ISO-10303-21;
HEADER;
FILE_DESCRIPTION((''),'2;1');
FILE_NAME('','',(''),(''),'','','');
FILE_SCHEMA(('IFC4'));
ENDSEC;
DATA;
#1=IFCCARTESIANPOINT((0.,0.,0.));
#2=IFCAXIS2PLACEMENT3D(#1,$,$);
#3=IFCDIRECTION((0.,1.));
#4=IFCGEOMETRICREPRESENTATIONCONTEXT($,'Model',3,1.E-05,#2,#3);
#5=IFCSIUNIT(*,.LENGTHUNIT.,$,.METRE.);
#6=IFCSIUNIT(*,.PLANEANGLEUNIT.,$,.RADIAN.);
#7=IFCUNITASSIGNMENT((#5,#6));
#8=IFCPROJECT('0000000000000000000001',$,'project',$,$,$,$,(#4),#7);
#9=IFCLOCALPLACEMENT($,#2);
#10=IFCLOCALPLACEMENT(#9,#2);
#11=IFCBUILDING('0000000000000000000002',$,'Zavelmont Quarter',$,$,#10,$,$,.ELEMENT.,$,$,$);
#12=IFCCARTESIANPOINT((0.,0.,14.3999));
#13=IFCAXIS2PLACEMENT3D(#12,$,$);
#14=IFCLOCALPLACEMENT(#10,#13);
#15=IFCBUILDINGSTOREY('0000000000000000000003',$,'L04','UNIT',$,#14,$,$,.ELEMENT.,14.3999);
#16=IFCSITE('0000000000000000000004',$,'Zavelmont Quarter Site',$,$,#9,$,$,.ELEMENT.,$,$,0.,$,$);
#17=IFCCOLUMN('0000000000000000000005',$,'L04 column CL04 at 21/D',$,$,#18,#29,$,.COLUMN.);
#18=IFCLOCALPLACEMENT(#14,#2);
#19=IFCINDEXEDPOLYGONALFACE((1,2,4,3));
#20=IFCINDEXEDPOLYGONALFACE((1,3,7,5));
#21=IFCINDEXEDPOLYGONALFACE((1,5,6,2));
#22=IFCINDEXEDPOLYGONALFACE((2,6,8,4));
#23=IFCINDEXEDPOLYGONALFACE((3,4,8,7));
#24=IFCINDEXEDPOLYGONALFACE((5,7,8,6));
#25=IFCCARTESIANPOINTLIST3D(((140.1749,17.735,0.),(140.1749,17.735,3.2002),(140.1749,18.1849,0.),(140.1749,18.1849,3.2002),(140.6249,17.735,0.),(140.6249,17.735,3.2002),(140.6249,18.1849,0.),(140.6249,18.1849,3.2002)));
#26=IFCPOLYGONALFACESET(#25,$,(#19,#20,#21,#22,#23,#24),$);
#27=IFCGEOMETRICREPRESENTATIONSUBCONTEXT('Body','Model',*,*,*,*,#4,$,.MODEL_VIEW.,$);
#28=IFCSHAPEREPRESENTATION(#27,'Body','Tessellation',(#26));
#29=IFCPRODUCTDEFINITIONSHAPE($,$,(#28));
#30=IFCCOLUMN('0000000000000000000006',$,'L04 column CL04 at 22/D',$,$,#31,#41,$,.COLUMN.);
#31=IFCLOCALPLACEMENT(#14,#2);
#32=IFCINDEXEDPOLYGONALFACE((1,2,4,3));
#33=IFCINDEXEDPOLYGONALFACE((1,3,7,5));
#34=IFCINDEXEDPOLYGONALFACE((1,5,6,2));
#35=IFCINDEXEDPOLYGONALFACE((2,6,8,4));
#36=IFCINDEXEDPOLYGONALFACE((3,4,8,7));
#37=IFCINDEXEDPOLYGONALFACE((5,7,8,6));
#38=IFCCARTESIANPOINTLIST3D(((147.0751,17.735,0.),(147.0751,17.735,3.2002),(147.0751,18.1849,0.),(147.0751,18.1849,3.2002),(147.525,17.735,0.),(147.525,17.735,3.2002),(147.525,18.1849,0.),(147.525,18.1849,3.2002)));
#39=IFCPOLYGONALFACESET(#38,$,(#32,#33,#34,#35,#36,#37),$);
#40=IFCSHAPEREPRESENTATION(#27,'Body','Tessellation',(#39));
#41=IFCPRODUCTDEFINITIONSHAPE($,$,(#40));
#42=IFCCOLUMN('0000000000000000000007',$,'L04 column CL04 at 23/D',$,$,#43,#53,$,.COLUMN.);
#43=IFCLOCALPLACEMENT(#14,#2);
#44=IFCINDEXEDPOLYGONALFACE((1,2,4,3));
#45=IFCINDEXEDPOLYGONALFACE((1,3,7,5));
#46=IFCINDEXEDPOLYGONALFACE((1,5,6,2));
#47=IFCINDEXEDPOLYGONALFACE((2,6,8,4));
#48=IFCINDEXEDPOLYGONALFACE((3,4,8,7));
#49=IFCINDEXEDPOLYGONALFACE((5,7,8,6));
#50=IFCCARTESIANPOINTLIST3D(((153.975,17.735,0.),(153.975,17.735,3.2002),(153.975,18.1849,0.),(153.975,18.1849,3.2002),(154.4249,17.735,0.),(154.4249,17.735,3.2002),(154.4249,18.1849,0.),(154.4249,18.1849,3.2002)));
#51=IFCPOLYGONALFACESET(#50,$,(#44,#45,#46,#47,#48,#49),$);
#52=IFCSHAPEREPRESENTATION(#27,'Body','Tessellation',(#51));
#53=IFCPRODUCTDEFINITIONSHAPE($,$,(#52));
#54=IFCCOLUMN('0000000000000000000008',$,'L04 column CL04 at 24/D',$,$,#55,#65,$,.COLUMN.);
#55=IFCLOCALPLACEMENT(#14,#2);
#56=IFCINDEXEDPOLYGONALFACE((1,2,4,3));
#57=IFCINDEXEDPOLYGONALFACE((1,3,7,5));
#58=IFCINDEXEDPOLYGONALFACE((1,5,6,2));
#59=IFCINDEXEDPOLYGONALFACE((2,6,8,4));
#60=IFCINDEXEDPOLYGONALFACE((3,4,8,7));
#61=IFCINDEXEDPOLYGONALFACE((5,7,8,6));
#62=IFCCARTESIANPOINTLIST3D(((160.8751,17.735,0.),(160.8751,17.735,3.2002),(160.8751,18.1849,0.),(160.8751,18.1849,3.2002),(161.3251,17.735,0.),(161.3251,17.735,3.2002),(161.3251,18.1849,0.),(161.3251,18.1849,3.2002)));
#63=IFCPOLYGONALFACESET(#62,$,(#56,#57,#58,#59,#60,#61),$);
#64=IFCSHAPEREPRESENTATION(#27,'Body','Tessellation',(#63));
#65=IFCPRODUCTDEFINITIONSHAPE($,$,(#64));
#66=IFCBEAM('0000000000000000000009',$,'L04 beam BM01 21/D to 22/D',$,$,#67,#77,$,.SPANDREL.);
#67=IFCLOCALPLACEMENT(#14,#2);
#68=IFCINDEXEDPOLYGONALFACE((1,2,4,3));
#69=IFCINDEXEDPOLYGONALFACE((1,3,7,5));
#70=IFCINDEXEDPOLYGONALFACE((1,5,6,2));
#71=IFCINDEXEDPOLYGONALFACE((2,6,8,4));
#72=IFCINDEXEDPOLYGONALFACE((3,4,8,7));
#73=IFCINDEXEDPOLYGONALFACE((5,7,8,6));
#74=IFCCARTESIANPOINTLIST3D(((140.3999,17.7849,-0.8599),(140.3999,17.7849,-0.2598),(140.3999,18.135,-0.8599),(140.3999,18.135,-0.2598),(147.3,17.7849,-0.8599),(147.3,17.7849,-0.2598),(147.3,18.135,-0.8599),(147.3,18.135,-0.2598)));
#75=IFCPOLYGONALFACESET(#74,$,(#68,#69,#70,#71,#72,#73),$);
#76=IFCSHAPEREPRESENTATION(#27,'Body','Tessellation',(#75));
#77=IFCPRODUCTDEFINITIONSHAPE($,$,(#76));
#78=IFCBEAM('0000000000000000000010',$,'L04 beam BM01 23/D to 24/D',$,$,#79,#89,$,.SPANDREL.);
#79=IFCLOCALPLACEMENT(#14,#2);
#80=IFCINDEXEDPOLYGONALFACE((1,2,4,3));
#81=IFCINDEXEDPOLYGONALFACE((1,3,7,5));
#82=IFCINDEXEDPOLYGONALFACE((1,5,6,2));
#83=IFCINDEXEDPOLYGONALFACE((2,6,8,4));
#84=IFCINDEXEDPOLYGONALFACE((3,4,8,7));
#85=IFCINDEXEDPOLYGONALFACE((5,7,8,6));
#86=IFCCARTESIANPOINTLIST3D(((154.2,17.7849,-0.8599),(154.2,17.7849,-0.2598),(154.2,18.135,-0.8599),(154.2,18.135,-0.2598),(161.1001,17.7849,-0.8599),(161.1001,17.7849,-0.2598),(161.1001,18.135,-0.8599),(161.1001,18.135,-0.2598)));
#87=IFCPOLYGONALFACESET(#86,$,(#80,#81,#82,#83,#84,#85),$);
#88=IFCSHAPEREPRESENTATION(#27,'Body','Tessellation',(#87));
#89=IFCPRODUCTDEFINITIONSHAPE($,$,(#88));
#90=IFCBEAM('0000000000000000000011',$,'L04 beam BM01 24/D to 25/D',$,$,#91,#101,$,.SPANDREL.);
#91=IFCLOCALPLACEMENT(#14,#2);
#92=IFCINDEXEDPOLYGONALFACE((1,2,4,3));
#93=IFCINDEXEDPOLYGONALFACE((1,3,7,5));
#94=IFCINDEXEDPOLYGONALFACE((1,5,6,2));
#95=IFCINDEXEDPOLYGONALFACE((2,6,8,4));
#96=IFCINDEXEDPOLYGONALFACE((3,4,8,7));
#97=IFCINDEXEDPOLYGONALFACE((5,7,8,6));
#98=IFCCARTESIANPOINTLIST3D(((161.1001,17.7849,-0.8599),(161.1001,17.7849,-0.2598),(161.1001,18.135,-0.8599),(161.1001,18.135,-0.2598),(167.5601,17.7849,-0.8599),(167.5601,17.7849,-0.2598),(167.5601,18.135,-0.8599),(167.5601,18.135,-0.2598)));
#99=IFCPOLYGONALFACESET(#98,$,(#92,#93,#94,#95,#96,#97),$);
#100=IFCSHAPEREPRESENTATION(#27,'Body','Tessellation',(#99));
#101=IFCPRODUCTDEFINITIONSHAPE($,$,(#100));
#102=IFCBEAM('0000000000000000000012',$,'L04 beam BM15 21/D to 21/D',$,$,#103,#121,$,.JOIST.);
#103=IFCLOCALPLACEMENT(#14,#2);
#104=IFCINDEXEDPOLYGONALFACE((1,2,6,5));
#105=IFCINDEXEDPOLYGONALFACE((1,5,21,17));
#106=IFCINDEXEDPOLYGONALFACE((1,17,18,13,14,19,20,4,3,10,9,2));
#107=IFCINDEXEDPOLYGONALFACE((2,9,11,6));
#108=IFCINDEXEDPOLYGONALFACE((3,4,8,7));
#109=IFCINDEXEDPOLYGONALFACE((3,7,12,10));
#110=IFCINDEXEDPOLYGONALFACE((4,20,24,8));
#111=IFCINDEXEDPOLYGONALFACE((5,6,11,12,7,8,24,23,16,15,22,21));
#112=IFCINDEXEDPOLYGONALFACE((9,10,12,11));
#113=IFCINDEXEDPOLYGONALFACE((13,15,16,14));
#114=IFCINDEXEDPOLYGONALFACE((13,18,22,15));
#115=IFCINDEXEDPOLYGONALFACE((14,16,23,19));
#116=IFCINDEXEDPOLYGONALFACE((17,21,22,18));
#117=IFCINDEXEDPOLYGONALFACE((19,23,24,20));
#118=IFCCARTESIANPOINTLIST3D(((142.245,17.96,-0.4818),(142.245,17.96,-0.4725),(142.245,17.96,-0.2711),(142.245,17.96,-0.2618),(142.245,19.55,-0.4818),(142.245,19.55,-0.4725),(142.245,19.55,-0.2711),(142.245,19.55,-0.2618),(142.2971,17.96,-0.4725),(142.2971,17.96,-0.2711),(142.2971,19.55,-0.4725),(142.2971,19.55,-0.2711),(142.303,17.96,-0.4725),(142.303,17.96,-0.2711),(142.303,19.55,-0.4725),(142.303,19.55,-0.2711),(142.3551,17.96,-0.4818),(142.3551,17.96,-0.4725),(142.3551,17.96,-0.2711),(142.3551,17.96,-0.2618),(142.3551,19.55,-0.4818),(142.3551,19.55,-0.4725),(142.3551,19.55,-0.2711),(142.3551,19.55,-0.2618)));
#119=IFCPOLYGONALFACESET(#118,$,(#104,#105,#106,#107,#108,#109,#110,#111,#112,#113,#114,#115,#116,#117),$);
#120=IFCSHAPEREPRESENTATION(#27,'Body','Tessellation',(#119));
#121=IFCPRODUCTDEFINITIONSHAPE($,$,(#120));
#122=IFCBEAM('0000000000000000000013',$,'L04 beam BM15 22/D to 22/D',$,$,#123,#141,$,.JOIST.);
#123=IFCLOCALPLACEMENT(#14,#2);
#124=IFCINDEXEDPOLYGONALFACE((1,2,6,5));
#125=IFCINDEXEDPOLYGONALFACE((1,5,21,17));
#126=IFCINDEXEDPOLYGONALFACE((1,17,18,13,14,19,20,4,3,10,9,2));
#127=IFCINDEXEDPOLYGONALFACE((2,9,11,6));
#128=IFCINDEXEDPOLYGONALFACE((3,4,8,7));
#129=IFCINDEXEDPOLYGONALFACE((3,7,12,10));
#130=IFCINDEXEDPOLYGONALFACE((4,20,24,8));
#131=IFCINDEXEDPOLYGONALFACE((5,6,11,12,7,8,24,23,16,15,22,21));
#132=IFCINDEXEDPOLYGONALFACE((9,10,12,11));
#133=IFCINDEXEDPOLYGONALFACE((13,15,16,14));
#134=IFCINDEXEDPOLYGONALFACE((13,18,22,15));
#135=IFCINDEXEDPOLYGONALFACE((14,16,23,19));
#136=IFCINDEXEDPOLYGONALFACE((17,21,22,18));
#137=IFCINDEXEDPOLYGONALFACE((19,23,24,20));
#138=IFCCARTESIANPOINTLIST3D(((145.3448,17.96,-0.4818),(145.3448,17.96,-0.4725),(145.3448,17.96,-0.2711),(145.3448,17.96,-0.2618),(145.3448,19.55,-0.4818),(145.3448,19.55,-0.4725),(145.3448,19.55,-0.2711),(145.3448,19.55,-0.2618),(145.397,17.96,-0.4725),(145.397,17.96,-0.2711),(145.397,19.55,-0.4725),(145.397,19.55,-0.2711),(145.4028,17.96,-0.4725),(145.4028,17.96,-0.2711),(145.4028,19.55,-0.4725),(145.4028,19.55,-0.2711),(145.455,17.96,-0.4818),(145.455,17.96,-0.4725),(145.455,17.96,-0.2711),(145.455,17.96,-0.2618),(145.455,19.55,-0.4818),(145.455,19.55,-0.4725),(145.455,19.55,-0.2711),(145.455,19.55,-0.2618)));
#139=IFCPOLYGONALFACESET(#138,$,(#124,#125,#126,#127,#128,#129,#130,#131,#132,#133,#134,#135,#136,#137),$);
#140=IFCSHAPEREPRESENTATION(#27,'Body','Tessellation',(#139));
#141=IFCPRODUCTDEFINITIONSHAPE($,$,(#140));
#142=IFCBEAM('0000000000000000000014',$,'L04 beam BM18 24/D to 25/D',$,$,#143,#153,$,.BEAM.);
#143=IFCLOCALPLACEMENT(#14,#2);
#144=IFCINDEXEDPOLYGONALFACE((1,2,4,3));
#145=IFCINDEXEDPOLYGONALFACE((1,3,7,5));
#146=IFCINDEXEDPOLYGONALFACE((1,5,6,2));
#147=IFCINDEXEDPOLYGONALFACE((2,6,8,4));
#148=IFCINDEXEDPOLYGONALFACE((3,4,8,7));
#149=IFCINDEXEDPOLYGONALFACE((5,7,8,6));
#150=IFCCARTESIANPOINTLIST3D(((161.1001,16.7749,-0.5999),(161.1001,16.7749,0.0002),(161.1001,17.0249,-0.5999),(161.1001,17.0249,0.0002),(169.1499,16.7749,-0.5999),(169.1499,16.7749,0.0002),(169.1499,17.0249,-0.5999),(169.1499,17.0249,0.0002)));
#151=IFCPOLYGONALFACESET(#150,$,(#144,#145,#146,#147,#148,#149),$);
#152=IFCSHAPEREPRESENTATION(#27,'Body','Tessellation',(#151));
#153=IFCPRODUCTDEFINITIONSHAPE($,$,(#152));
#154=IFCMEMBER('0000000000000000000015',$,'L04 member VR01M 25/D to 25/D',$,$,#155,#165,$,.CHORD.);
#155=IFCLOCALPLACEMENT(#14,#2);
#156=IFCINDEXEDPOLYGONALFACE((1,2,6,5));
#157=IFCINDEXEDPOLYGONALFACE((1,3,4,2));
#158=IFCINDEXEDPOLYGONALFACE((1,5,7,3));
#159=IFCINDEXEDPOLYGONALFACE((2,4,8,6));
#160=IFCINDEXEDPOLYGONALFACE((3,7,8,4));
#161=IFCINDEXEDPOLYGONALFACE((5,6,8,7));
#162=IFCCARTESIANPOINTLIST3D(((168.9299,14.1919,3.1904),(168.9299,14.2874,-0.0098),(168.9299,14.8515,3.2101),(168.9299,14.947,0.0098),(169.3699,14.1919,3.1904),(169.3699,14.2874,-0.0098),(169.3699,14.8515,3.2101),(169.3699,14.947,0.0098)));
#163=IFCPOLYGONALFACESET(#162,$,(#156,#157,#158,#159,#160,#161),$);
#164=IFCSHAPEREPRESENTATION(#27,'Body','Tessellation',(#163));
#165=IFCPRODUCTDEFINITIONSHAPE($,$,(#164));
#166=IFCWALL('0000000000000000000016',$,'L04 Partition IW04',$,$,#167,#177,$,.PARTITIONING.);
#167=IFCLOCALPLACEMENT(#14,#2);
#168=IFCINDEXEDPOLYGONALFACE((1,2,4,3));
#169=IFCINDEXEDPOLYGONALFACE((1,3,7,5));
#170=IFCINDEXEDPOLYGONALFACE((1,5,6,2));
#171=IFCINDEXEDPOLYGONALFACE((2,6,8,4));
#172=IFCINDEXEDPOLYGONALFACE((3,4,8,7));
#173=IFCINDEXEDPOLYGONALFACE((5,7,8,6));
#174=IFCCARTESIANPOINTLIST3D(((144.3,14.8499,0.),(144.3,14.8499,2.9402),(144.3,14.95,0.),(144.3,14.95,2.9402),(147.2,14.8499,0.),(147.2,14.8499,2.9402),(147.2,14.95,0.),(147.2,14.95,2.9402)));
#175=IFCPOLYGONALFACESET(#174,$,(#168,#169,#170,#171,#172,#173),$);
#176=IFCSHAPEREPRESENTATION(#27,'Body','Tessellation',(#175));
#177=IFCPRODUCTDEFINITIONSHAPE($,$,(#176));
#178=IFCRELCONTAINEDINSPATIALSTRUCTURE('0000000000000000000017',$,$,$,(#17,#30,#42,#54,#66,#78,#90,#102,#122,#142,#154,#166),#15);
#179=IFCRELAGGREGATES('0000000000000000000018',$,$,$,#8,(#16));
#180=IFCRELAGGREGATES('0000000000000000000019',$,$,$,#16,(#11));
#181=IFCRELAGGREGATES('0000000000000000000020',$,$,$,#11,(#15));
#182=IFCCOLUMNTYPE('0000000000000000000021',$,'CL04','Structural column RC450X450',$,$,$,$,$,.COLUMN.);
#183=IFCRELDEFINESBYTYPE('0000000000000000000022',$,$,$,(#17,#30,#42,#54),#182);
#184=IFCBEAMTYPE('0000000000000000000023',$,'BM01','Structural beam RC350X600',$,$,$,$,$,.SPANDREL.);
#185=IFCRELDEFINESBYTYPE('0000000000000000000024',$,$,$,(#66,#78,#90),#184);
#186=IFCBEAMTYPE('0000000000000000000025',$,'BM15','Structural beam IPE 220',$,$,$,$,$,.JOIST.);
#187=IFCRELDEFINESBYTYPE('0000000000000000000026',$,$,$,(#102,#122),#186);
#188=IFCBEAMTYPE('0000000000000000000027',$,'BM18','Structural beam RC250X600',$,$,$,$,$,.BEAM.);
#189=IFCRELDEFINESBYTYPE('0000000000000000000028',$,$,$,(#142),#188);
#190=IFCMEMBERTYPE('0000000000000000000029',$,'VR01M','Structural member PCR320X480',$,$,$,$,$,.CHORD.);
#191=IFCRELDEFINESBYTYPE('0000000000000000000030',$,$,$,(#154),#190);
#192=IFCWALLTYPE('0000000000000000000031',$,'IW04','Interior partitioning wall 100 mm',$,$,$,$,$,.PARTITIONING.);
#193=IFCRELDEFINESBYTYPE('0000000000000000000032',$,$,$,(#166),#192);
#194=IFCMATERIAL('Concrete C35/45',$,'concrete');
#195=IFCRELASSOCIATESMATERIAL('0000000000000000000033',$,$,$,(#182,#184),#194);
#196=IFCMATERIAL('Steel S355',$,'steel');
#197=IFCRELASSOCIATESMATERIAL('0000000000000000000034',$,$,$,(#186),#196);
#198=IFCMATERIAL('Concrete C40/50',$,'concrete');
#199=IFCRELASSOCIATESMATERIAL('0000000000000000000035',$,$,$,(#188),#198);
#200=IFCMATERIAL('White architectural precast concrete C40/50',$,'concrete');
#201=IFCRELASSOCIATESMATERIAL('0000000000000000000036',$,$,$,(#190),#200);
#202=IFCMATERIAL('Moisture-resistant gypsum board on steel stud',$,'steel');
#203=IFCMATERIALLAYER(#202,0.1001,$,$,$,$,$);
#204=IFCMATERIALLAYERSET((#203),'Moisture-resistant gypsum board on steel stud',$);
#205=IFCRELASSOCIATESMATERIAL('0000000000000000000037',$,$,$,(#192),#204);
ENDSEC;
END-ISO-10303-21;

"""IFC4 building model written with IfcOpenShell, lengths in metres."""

from ifc_helpers import new_model, si_unit, direction, frame, frame_2d, origin, origin_2d, place, context, subcontext, project, spatial, rectangle, i_section, extrude, material, layer, layer_set, material_profile, profile_set, type_object, element, save


model = new_model("IFC4")

# Units and contexts
model_context = context("Model", 3, precision=1e-05, world=origin(), true_north=direction((0.0, 1.0)))
body_context = subcontext(model_context, "Body", "Model", "MODEL_VIEW")
ifc_project = project(units=[si_unit("LENGTHUNIT", "METRE"), si_unit("PLANEANGLEUNIT", "RADIAN")], contexts=[model_context])

# Site, building, storey
site_placement = place(None, origin())
site = spatial("IfcSite", under=ifc_project, at=site_placement, Name="Zavelmont Quarter Site", CompositionType="ELEMENT", RefElevation=0.0)
building_placement = place(site_placement, origin())
building = spatial("IfcBuilding", under=site, at=building_placement, Name="Zavelmont Quarter", CompositionType="ELEMENT")
storey_placement = place(building_placement, frame((0.0, 0.0, 14.3999)))
storey = spatial("IfcBuildingStorey", under=building, at=storey_placement, Name="L04", Description="UNIT", CompositionType="ELEMENT", Elevation=14.3999)

# Columns
ifc_material_1 = material(Name="Concrete C35/45", Category="concrete")
ifc_material_profile_1 = material_profile(ifc_material_1, rectangle(XDim=0.45, YDim=0.45, at=origin_2d()), Name="RC450X450")
ifc_profile_set_1 = profile_set([ifc_material_profile_1], Name="Concrete C35/45")
column_type = type_object("IfcColumnType", Name="CL04", Description="Structural column RC450X450", PredefinedType="COLUMN", material=ifc_profile_set_1)
for number, where, z_axis, x_axis, name in (
    (1, (140.3999, 17.96, 0.0), (0.0, 0.0, 1.0), (1.0, 0.0, 0.0), "L04 column CL04 at 21/D"),
    (2, (147.3, 17.96, 0.0), (0.0, 0.0, 1.0), (1.0, 0.0, 0.0), "L04 column CL04 at 22/D"),
    (3, (154.2, 17.96, 0.0), (0.0, 0.0, 1.0), (1.0, 0.0, 0.0), "L04 column CL04 at 23/D"),
    (4, (161.1001, 17.96, 0.0), (0.0, 0.0, 1.0), (1.0, 0.0, 0.0), "L04 column CL04 at 24/D"),
):
    element("IfcColumn", number, at=place(storey_placement, frame(where, z_axis=z_axis, x_axis=x_axis)), inside=storey, type_object=column_type, Name=name, PredefinedType="COLUMN", context=body_context, shape_type="SweptSolid", body=[
        extrude(rectangle(XDim=0.45, YDim=0.45, at=origin_2d()), origin(), (0.0, 0.0, 1.0), 3.2002),
    ])

# Beams
ifc_material_profile_2 = material_profile(ifc_material_1, rectangle(XDim=0.3501, YDim=0.6001, at=origin_2d()), Name="RC350X600")
ifc_profile_set_2 = profile_set([ifc_material_profile_2], Name="Concrete C35/45")
beam_type_1 = type_object("IfcBeamType", Name="BM01", Description="Structural beam RC350X600", PredefinedType="SPANDREL", material=ifc_profile_set_2)
for number, where, z_axis, x_axis, name in (
    (5, (140.3999, 17.96, -0.5598), (1.0, 0.0, 0.0), (0.0, 1.0, 0.0), "L04 beam BM01 21/D to 22/D"),
    (6, (154.2, 17.96, -0.5598), (1.0, 0.0, 0.0), (0.0, 1.0, 0.0), "L04 beam BM01 23/D to 24/D"),
):
    element("IfcBeam", number, at=place(storey_placement, frame(where, z_axis=z_axis, x_axis=x_axis)), inside=storey, type_object=beam_type_1, Name=name, PredefinedType="SPANDREL", context=body_context, shape_type="SweptSolid", body=[
        extrude(rectangle(XDim=0.3501, YDim=0.6001, at=origin_2d()), origin(), (0.0, 0.0, 1.0), 6.9001),
    ])
beam_1_placement = place(storey_placement, frame((161.1001, 17.96, -0.5598), z_axis=(1.0, 0.0, 0.0), x_axis=(0.0, 1.0, 0.0)))
element("IfcBeam", 7, at=beam_1_placement, inside=storey, type_object=beam_type_1, Name="L04 beam BM01 24/D to 25/D", PredefinedType="SPANDREL", context=body_context, shape_type="SweptSolid", body=[
    extrude(rectangle(XDim=0.3501, YDim=0.6001, at=origin_2d()), origin(), (0.0, 0.0, 1.0), 6.46),
])
ifc_material_2 = material(Name="Steel S355", Category="steel")
ifc_material_profile_3 = material_profile(ifc_material_2, i_section(OverallWidth=0.1101, OverallDepth=0.22, WebThickness=0.0059, FlangeThickness=0.0093, at=origin_2d()), Name="IPE 220")
ifc_profile_set_3 = profile_set([ifc_material_profile_3], Name="Steel S355")
beam_type_2 = type_object("IfcBeamType", Name="BM15", Description="Structural beam IPE 220", PredefinedType="JOIST", material=ifc_profile_set_3)
for number, where, z_axis, x_axis, name in (
    (8, (142.3, 17.96, -0.3718), (0.0, 1.0, 0.0), (-1.0, 0.0, 0.0), "L04 beam BM15 21/D to 21/D"),
    (9, (145.3999, 17.96, -0.3718), (0.0, 1.0, 0.0), (-1.0, 0.0, 0.0), "L04 beam BM15 22/D to 22/D"),
):
    element("IfcBeam", number, at=place(storey_placement, frame(where, z_axis=z_axis, x_axis=x_axis)), inside=storey, type_object=beam_type_2, Name=name, PredefinedType="JOIST", context=body_context, shape_type="SweptSolid", body=[
        extrude(i_section(OverallWidth=0.1101, OverallDepth=0.22, WebThickness=0.0059, FlangeThickness=0.0093, at=origin_2d()), origin(), (0.0, 0.0, 1.0), 1.5901),
    ])
ifc_material_3 = material(Name="Concrete C40/50", Category="concrete")
ifc_material_profile_4 = material_profile(ifc_material_3, rectangle(XDim=0.25, YDim=0.6001, at=origin_2d()), Name="RC250X600")
ifc_profile_set_4 = profile_set([ifc_material_profile_4], Name="Concrete C40/50")
beam_type_3 = type_object("IfcBeamType", Name="BM18", Description="Structural beam RC250X600", PredefinedType="BEAM", material=ifc_profile_set_4)
beam_2_placement = place(storey_placement, frame((161.1001, 16.8999, -0.2998), z_axis=(1.0, 0.0, 0.0), x_axis=(0.0, 1.0, 0.0)))
element("IfcBeam", 10, at=beam_2_placement, inside=storey, type_object=beam_type_3, Name="L04 beam BM18 24/D to 25/D", PredefinedType="BEAM", context=body_context, shape_type="SweptSolid", body=[
    extrude(rectangle(XDim=0.25, YDim=0.6001, at=origin_2d()), origin(), (0.0, 0.0, 1.0), 8.0498),
])

# Member
ifc_material_4 = material(Name="White architectural precast concrete C40/50", Category="concrete")
ifc_material_profile_5 = material_profile(ifc_material_4, rectangle(XDim=0.4399, YDim=0.6599, at=origin_2d()), Name="PCR320X480")
ifc_profile_set_5 = profile_set([ifc_material_profile_5], Name="White architectural precast concrete C40/50")
member_type = type_object("IfcMemberType", Name="VR01M", Description="Structural member PCR320X480", PredefinedType="CHORD", material=ifc_profile_set_5)
member_placement = place(storey_placement, frame((169.1499, 14.6172, 0.0), z_axis=(0.0, -0.029816, 0.999555), x_axis=(1.0, 0.0, 0.0)))
element("IfcMember", 11, at=member_placement, inside=storey, type_object=member_type, Name="L04 member VR01M 25/D to 25/D", PredefinedType="CHORD", context=body_context, shape_type="SweptSolid", body=[
    extrude(rectangle(XDim=0.4399, YDim=0.6599, at=origin_2d()), origin(), (0.0, 0.0, 1.0), 3.2017),
])

# Wall
ifc_material_5 = material(Name="Moisture-resistant gypsum board on steel stud", Category="steel")
ifc_layer_1 = layer(ifc_material_5, 0.1001)
ifc_layer_set_1 = layer_set([ifc_layer_1], Name="Moisture-resistant gypsum board on steel stud")
wall_type_1 = type_object("IfcWallType", Name="IW04", Description="Interior partitioning wall 100 mm", PredefinedType="PARTITIONING", material=ifc_layer_set_1)
wall_1_placement = place(storey_placement, frame((144.3, 14.8999, 0.0), z_axis=(0.0, 0.0, 1.0), x_axis=(1.0, 0.0, 0.0)))
element("IfcWall", 12, at=wall_1_placement, inside=storey, type_object=wall_type_1, Name="L04 Partition IW04", PredefinedType="PARTITIONING", context=body_context, shape_type="SweptSolid", body=[
    extrude(rectangle(XDim=2.8999, YDim=0.1001, at=frame_2d((1.45, 0.0))), origin(), (0.0, 0.0, 1.0), 2.9402),
])

save(model, "model.ifc")
